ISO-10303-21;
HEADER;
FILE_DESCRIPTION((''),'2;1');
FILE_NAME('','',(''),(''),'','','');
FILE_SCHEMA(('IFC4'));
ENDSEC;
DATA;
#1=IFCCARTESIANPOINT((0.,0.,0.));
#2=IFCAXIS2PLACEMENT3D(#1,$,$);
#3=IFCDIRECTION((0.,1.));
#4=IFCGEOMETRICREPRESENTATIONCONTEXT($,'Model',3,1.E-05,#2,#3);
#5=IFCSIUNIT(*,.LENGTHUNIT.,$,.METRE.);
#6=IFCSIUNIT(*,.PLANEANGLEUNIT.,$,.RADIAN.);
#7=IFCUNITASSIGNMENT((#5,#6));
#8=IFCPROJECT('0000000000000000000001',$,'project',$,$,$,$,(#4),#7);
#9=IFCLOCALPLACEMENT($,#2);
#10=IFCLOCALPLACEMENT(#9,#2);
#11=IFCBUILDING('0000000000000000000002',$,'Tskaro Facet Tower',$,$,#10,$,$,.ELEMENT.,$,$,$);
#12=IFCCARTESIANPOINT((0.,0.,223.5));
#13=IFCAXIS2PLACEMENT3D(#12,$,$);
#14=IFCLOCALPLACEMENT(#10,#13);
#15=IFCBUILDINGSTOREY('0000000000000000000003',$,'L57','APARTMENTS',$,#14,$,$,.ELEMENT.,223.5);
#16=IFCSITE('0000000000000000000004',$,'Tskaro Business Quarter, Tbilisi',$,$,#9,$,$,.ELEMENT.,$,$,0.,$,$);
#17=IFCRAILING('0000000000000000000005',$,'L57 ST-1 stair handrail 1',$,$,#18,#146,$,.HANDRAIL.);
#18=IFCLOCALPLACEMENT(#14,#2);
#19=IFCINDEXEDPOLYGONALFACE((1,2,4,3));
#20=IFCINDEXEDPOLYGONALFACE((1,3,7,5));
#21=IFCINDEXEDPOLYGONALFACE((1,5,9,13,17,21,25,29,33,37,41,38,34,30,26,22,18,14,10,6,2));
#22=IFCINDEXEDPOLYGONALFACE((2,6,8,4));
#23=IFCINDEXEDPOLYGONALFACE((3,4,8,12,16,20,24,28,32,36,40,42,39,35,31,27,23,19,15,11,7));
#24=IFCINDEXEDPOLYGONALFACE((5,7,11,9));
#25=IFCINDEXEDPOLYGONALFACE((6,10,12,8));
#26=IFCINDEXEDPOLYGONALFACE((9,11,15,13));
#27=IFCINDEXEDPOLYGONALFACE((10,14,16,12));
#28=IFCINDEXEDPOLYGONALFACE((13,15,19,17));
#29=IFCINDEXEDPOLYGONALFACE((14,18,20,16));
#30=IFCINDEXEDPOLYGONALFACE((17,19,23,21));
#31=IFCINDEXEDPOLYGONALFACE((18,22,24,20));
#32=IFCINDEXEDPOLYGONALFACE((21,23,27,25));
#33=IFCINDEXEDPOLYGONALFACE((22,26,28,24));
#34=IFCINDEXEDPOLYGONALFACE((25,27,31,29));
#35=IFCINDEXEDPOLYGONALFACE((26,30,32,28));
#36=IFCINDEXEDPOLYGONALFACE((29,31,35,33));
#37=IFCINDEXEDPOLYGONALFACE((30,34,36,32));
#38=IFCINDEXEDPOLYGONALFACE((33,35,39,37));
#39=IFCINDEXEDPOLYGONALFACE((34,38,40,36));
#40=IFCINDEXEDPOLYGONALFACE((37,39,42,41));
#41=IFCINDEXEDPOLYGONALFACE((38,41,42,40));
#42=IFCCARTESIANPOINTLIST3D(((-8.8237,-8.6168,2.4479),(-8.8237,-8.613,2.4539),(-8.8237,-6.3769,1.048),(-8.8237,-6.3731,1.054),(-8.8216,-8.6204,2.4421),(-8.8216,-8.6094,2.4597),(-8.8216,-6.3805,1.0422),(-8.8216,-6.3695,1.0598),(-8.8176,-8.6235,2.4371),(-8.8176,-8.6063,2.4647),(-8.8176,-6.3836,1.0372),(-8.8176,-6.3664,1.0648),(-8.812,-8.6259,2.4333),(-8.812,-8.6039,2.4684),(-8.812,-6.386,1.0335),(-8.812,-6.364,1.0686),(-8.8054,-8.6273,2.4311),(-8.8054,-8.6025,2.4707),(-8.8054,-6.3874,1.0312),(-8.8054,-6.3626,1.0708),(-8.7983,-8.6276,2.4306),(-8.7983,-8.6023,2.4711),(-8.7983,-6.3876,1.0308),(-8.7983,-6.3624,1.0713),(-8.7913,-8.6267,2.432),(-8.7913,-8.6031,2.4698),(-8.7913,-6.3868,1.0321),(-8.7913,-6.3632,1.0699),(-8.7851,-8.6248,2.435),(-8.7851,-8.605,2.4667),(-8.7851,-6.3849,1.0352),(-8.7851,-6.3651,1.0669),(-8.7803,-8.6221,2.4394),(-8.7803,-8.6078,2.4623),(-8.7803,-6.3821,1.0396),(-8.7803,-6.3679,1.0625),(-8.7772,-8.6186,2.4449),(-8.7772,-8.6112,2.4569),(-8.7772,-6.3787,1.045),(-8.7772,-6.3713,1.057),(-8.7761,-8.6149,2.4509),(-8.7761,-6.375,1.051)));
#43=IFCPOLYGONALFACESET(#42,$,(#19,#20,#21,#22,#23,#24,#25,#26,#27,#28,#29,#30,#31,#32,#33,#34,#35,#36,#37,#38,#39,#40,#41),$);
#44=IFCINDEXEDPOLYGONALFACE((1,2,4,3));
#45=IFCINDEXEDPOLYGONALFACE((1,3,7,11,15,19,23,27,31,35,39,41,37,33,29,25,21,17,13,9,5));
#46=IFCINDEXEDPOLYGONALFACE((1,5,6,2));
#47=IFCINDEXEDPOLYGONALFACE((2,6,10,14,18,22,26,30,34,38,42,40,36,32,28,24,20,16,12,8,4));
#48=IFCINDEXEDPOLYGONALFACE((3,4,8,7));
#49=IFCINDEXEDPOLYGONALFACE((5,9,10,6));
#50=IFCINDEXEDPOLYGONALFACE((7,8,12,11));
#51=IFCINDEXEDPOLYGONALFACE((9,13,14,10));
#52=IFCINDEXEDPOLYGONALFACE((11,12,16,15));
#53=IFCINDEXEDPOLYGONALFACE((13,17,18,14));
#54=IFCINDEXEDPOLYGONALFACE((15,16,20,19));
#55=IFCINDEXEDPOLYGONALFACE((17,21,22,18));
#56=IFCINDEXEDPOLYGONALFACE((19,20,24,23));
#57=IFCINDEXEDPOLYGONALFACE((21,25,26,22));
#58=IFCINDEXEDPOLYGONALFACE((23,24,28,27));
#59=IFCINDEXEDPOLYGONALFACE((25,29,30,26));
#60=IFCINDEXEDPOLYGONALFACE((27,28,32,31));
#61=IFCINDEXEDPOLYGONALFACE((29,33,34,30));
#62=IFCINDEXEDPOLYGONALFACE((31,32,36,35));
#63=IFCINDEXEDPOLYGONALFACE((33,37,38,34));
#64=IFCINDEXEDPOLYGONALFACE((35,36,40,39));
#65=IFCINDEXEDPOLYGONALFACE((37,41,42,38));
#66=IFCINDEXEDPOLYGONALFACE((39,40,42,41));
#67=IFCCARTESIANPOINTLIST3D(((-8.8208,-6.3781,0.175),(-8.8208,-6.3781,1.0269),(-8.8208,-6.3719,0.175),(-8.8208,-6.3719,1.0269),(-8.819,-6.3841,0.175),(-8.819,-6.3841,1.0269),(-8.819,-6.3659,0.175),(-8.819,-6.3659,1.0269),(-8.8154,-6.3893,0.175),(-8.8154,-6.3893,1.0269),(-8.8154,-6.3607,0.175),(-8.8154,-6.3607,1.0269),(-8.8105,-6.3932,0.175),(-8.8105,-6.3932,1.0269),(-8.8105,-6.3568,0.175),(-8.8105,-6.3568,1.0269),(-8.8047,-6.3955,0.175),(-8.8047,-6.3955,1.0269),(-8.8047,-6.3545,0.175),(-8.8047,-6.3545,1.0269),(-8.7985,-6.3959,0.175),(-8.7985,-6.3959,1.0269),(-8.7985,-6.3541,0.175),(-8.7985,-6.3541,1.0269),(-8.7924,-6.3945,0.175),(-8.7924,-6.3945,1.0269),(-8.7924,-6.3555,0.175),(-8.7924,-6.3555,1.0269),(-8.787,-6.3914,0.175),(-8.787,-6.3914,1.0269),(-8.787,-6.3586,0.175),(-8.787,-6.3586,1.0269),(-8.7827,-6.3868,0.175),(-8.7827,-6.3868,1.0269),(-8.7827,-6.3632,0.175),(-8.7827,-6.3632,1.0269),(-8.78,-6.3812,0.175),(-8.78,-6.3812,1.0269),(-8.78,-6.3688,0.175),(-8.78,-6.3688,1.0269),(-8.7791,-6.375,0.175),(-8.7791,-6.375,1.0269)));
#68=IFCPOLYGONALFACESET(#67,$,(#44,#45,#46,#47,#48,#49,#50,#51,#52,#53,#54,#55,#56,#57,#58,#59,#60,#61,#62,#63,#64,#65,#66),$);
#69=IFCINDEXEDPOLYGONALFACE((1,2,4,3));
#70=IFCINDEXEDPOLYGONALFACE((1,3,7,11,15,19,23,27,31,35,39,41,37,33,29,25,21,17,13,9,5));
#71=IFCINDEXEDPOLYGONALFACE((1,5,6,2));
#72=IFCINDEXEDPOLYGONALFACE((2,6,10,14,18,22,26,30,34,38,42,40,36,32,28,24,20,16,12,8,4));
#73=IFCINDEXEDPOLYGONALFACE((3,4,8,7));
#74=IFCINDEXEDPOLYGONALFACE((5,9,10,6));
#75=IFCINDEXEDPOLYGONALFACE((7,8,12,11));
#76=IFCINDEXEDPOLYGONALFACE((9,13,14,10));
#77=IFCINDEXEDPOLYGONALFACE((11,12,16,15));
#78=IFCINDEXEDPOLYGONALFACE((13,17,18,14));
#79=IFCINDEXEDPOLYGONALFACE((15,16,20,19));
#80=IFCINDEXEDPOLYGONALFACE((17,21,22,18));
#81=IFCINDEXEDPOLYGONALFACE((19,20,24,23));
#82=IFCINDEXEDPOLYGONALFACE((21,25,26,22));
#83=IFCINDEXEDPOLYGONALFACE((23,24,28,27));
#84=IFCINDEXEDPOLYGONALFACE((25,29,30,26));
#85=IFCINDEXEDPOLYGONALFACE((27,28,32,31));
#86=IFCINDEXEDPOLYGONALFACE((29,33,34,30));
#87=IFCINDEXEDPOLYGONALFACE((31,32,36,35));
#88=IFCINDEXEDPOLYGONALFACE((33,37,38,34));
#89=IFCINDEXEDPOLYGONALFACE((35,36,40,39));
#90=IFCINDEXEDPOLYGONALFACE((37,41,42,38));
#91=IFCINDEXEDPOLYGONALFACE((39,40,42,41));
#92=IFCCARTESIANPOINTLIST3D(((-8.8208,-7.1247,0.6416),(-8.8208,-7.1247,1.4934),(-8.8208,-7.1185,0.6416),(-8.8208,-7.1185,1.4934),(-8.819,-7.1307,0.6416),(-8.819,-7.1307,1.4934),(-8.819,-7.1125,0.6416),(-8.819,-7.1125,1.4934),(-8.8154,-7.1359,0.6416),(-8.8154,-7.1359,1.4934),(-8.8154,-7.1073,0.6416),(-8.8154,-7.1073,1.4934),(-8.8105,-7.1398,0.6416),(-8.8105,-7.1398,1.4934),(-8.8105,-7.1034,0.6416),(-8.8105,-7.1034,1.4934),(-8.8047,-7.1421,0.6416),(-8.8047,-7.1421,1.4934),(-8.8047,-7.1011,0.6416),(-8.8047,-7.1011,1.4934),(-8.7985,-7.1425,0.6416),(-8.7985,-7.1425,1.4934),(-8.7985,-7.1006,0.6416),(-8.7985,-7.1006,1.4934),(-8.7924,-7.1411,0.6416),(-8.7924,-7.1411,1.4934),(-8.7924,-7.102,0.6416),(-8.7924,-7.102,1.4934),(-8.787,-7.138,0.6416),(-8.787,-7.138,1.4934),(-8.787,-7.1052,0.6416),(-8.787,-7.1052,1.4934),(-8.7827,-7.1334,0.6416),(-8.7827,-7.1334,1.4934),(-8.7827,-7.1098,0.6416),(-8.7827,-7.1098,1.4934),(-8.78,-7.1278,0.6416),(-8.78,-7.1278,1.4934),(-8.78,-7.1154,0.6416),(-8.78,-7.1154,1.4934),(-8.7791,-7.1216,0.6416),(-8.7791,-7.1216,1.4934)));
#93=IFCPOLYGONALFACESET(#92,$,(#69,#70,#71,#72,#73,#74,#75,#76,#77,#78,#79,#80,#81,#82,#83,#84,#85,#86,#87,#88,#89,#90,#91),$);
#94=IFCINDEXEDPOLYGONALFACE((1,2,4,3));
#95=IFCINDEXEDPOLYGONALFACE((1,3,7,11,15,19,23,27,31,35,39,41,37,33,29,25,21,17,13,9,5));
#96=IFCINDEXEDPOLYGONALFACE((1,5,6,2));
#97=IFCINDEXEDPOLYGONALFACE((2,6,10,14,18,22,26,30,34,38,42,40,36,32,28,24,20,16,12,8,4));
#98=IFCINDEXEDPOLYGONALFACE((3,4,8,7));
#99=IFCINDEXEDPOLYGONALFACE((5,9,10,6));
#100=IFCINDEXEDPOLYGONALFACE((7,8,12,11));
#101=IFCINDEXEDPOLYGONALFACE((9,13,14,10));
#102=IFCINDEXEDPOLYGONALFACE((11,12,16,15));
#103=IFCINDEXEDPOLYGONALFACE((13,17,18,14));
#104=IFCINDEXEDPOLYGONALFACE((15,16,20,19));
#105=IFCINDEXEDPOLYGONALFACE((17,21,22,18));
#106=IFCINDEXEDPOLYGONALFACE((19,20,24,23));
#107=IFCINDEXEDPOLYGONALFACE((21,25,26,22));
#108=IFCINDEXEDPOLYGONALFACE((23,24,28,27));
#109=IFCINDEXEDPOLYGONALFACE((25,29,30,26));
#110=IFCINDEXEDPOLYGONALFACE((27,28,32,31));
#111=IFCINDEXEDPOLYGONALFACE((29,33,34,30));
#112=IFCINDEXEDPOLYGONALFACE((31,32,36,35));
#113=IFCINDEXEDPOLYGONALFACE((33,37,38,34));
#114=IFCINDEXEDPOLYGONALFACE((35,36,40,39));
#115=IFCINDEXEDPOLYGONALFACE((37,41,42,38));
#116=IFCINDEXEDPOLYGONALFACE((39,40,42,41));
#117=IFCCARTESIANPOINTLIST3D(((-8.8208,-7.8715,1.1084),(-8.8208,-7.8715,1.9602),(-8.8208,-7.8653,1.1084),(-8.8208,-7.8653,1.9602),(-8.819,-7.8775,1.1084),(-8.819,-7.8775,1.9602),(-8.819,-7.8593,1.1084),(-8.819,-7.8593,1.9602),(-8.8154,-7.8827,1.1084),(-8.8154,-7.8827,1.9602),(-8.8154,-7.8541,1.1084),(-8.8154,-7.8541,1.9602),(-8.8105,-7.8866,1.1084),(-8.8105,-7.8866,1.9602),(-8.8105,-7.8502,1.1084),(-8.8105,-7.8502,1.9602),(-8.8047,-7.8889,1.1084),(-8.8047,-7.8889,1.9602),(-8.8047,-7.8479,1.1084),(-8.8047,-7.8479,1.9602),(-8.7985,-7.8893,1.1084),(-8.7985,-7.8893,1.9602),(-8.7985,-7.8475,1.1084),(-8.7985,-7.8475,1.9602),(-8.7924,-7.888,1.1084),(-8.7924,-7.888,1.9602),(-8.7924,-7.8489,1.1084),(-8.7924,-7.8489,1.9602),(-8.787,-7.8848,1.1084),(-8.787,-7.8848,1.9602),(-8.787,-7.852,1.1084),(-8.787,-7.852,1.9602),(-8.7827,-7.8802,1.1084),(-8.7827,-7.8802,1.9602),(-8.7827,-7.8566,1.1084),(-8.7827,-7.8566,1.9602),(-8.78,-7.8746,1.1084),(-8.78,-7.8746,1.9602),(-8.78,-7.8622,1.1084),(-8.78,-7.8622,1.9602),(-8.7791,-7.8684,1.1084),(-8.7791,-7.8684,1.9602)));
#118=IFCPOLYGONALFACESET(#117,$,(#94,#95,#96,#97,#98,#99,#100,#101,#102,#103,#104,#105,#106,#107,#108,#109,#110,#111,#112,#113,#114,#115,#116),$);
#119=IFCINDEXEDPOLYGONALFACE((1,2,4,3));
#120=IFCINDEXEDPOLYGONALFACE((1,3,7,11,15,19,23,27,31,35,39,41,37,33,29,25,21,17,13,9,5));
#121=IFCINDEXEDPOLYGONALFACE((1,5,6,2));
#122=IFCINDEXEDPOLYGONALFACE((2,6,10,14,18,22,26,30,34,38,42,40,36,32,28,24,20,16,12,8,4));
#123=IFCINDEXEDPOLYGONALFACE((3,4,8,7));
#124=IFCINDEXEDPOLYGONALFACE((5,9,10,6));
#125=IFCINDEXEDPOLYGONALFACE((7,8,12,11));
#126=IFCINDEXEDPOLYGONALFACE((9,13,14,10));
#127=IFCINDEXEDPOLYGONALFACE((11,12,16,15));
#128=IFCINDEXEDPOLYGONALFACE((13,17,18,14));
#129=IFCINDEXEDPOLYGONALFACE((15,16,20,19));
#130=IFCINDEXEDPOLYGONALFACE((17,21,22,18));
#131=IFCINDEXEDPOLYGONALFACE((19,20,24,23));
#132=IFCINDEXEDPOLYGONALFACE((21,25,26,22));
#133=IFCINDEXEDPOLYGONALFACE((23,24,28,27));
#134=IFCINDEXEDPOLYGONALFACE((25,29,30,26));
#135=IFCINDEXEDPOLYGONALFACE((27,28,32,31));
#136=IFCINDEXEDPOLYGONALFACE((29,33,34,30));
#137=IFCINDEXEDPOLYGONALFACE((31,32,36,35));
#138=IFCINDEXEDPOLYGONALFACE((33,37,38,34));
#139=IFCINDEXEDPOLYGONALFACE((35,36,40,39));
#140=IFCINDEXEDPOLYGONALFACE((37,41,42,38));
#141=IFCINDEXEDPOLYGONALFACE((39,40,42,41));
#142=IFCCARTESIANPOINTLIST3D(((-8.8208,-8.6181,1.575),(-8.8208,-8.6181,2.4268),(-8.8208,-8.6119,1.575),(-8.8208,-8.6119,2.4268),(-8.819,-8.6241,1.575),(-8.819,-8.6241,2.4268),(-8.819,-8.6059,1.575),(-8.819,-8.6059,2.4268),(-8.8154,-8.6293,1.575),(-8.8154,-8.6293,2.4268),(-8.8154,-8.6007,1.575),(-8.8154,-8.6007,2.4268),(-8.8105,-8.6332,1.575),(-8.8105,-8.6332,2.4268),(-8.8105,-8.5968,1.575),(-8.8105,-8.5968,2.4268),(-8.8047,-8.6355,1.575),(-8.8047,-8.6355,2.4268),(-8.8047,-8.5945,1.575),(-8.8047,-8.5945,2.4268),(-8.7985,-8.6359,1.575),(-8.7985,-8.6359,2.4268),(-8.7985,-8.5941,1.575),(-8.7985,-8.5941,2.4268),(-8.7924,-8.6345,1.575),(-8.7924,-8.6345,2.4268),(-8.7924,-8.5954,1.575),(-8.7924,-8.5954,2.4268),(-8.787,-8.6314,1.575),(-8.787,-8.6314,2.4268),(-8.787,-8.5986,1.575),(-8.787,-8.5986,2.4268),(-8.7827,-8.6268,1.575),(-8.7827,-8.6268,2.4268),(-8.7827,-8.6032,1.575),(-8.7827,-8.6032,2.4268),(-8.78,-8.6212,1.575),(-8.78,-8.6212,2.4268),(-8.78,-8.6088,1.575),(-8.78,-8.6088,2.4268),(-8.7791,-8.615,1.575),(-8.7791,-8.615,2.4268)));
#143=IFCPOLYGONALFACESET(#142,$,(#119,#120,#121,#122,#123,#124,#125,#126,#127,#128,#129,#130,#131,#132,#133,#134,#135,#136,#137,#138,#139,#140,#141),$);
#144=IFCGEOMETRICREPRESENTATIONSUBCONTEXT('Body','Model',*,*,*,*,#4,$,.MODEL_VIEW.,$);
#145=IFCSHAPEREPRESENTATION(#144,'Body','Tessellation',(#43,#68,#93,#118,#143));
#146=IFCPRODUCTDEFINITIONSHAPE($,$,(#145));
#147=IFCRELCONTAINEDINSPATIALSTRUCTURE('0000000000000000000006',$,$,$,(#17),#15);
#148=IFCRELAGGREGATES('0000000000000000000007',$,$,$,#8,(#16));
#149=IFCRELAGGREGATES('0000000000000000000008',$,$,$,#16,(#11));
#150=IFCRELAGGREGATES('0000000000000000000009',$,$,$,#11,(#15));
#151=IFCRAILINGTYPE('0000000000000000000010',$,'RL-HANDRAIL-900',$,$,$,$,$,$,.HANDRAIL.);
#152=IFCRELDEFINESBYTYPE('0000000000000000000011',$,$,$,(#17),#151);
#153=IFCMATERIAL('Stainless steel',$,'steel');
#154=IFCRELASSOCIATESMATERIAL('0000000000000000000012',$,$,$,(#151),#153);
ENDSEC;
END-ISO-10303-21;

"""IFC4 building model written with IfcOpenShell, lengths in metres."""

from ifc_helpers import new_model, si_unit, direction, frame, origin, origin_2d, place, context, subcontext, project, spatial, circle, extrude, material, type_object, element, save


model = new_model("IFC4")

# Units and contexts
model_context = context("Model", 3, precision=1e-05, world=origin(), true_north=direction((0.0, 1.0)))
body_context = subcontext(model_context, "Body", "Model", "MODEL_VIEW")
ifc_project = project(units=[si_unit("LENGTHUNIT", "METRE"), si_unit("PLANEANGLEUNIT", "RADIAN")], contexts=[model_context])

# Site, building, storey
site_placement = place(None, origin())
site = spatial("IfcSite", under=ifc_project, at=site_placement, Name="Tskaro Business Quarter, Tbilisi", CompositionType="ELEMENT", RefElevation=0.0)
building_placement = place(site_placement, origin())
building = spatial("IfcBuilding", under=site, at=building_placement, Name="Tskaro Facet Tower", CompositionType="ELEMENT")
storey_placement = place(building_placement, frame((0.0, 0.0, 223.5)))
storey = spatial("IfcBuildingStorey", under=building, at=storey_placement, Name="L57", Description="APARTMENTS", CompositionType="ELEMENT", Elevation=223.5)

# Shared definitions
ifc_material_1 = material(Name="Stainless steel", Category="steel")

# Railing
railing_type_1 = type_object("IfcRailingType", Name="RL-HANDRAIL-900", PredefinedType="HANDRAIL", material=ifc_material_1)
railing_1_placement = place(storey_placement, frame((-8.8, -6.375, 0.175)))
element("IfcRailing", 1, at=railing_1_placement, inside=storey, type_object=railing_type_1, Name="L57 ST-1 stair handrail 1", PredefinedType="HANDRAIL", context=body_context, shape_type="SweptSolid", body=[
    extrude(circle(Radius=0.0239, at=origin_2d()), frame((0.0, 0.0, 0.876), z_axis=(0.0, -0.848014, 0.529974), x_axis=(1.0, 0.0, 0.0)), (0.0, 0.0, 1.0), 2.6414),
    extrude(circle(Radius=0.021, at=origin_2d()), origin(), (0.0, 0.0, 1.0), 0.8518),
    extrude(circle(Radius=0.021, at=origin_2d()), frame((0.0, -0.7466, 0.4666)), (0.0, 0.0, 1.0), 0.8518),
    extrude(circle(Radius=0.021, at=origin_2d()), frame((0.0, -1.4934, 0.9333)), (0.0, 0.0, 1.0), 0.8518),
    extrude(circle(Radius=0.021, at=origin_2d()), frame((0.0, -2.24, 1.3999)), (0.0, 0.0, 1.0), 0.8518),
])

save(model, "model.ifc")
